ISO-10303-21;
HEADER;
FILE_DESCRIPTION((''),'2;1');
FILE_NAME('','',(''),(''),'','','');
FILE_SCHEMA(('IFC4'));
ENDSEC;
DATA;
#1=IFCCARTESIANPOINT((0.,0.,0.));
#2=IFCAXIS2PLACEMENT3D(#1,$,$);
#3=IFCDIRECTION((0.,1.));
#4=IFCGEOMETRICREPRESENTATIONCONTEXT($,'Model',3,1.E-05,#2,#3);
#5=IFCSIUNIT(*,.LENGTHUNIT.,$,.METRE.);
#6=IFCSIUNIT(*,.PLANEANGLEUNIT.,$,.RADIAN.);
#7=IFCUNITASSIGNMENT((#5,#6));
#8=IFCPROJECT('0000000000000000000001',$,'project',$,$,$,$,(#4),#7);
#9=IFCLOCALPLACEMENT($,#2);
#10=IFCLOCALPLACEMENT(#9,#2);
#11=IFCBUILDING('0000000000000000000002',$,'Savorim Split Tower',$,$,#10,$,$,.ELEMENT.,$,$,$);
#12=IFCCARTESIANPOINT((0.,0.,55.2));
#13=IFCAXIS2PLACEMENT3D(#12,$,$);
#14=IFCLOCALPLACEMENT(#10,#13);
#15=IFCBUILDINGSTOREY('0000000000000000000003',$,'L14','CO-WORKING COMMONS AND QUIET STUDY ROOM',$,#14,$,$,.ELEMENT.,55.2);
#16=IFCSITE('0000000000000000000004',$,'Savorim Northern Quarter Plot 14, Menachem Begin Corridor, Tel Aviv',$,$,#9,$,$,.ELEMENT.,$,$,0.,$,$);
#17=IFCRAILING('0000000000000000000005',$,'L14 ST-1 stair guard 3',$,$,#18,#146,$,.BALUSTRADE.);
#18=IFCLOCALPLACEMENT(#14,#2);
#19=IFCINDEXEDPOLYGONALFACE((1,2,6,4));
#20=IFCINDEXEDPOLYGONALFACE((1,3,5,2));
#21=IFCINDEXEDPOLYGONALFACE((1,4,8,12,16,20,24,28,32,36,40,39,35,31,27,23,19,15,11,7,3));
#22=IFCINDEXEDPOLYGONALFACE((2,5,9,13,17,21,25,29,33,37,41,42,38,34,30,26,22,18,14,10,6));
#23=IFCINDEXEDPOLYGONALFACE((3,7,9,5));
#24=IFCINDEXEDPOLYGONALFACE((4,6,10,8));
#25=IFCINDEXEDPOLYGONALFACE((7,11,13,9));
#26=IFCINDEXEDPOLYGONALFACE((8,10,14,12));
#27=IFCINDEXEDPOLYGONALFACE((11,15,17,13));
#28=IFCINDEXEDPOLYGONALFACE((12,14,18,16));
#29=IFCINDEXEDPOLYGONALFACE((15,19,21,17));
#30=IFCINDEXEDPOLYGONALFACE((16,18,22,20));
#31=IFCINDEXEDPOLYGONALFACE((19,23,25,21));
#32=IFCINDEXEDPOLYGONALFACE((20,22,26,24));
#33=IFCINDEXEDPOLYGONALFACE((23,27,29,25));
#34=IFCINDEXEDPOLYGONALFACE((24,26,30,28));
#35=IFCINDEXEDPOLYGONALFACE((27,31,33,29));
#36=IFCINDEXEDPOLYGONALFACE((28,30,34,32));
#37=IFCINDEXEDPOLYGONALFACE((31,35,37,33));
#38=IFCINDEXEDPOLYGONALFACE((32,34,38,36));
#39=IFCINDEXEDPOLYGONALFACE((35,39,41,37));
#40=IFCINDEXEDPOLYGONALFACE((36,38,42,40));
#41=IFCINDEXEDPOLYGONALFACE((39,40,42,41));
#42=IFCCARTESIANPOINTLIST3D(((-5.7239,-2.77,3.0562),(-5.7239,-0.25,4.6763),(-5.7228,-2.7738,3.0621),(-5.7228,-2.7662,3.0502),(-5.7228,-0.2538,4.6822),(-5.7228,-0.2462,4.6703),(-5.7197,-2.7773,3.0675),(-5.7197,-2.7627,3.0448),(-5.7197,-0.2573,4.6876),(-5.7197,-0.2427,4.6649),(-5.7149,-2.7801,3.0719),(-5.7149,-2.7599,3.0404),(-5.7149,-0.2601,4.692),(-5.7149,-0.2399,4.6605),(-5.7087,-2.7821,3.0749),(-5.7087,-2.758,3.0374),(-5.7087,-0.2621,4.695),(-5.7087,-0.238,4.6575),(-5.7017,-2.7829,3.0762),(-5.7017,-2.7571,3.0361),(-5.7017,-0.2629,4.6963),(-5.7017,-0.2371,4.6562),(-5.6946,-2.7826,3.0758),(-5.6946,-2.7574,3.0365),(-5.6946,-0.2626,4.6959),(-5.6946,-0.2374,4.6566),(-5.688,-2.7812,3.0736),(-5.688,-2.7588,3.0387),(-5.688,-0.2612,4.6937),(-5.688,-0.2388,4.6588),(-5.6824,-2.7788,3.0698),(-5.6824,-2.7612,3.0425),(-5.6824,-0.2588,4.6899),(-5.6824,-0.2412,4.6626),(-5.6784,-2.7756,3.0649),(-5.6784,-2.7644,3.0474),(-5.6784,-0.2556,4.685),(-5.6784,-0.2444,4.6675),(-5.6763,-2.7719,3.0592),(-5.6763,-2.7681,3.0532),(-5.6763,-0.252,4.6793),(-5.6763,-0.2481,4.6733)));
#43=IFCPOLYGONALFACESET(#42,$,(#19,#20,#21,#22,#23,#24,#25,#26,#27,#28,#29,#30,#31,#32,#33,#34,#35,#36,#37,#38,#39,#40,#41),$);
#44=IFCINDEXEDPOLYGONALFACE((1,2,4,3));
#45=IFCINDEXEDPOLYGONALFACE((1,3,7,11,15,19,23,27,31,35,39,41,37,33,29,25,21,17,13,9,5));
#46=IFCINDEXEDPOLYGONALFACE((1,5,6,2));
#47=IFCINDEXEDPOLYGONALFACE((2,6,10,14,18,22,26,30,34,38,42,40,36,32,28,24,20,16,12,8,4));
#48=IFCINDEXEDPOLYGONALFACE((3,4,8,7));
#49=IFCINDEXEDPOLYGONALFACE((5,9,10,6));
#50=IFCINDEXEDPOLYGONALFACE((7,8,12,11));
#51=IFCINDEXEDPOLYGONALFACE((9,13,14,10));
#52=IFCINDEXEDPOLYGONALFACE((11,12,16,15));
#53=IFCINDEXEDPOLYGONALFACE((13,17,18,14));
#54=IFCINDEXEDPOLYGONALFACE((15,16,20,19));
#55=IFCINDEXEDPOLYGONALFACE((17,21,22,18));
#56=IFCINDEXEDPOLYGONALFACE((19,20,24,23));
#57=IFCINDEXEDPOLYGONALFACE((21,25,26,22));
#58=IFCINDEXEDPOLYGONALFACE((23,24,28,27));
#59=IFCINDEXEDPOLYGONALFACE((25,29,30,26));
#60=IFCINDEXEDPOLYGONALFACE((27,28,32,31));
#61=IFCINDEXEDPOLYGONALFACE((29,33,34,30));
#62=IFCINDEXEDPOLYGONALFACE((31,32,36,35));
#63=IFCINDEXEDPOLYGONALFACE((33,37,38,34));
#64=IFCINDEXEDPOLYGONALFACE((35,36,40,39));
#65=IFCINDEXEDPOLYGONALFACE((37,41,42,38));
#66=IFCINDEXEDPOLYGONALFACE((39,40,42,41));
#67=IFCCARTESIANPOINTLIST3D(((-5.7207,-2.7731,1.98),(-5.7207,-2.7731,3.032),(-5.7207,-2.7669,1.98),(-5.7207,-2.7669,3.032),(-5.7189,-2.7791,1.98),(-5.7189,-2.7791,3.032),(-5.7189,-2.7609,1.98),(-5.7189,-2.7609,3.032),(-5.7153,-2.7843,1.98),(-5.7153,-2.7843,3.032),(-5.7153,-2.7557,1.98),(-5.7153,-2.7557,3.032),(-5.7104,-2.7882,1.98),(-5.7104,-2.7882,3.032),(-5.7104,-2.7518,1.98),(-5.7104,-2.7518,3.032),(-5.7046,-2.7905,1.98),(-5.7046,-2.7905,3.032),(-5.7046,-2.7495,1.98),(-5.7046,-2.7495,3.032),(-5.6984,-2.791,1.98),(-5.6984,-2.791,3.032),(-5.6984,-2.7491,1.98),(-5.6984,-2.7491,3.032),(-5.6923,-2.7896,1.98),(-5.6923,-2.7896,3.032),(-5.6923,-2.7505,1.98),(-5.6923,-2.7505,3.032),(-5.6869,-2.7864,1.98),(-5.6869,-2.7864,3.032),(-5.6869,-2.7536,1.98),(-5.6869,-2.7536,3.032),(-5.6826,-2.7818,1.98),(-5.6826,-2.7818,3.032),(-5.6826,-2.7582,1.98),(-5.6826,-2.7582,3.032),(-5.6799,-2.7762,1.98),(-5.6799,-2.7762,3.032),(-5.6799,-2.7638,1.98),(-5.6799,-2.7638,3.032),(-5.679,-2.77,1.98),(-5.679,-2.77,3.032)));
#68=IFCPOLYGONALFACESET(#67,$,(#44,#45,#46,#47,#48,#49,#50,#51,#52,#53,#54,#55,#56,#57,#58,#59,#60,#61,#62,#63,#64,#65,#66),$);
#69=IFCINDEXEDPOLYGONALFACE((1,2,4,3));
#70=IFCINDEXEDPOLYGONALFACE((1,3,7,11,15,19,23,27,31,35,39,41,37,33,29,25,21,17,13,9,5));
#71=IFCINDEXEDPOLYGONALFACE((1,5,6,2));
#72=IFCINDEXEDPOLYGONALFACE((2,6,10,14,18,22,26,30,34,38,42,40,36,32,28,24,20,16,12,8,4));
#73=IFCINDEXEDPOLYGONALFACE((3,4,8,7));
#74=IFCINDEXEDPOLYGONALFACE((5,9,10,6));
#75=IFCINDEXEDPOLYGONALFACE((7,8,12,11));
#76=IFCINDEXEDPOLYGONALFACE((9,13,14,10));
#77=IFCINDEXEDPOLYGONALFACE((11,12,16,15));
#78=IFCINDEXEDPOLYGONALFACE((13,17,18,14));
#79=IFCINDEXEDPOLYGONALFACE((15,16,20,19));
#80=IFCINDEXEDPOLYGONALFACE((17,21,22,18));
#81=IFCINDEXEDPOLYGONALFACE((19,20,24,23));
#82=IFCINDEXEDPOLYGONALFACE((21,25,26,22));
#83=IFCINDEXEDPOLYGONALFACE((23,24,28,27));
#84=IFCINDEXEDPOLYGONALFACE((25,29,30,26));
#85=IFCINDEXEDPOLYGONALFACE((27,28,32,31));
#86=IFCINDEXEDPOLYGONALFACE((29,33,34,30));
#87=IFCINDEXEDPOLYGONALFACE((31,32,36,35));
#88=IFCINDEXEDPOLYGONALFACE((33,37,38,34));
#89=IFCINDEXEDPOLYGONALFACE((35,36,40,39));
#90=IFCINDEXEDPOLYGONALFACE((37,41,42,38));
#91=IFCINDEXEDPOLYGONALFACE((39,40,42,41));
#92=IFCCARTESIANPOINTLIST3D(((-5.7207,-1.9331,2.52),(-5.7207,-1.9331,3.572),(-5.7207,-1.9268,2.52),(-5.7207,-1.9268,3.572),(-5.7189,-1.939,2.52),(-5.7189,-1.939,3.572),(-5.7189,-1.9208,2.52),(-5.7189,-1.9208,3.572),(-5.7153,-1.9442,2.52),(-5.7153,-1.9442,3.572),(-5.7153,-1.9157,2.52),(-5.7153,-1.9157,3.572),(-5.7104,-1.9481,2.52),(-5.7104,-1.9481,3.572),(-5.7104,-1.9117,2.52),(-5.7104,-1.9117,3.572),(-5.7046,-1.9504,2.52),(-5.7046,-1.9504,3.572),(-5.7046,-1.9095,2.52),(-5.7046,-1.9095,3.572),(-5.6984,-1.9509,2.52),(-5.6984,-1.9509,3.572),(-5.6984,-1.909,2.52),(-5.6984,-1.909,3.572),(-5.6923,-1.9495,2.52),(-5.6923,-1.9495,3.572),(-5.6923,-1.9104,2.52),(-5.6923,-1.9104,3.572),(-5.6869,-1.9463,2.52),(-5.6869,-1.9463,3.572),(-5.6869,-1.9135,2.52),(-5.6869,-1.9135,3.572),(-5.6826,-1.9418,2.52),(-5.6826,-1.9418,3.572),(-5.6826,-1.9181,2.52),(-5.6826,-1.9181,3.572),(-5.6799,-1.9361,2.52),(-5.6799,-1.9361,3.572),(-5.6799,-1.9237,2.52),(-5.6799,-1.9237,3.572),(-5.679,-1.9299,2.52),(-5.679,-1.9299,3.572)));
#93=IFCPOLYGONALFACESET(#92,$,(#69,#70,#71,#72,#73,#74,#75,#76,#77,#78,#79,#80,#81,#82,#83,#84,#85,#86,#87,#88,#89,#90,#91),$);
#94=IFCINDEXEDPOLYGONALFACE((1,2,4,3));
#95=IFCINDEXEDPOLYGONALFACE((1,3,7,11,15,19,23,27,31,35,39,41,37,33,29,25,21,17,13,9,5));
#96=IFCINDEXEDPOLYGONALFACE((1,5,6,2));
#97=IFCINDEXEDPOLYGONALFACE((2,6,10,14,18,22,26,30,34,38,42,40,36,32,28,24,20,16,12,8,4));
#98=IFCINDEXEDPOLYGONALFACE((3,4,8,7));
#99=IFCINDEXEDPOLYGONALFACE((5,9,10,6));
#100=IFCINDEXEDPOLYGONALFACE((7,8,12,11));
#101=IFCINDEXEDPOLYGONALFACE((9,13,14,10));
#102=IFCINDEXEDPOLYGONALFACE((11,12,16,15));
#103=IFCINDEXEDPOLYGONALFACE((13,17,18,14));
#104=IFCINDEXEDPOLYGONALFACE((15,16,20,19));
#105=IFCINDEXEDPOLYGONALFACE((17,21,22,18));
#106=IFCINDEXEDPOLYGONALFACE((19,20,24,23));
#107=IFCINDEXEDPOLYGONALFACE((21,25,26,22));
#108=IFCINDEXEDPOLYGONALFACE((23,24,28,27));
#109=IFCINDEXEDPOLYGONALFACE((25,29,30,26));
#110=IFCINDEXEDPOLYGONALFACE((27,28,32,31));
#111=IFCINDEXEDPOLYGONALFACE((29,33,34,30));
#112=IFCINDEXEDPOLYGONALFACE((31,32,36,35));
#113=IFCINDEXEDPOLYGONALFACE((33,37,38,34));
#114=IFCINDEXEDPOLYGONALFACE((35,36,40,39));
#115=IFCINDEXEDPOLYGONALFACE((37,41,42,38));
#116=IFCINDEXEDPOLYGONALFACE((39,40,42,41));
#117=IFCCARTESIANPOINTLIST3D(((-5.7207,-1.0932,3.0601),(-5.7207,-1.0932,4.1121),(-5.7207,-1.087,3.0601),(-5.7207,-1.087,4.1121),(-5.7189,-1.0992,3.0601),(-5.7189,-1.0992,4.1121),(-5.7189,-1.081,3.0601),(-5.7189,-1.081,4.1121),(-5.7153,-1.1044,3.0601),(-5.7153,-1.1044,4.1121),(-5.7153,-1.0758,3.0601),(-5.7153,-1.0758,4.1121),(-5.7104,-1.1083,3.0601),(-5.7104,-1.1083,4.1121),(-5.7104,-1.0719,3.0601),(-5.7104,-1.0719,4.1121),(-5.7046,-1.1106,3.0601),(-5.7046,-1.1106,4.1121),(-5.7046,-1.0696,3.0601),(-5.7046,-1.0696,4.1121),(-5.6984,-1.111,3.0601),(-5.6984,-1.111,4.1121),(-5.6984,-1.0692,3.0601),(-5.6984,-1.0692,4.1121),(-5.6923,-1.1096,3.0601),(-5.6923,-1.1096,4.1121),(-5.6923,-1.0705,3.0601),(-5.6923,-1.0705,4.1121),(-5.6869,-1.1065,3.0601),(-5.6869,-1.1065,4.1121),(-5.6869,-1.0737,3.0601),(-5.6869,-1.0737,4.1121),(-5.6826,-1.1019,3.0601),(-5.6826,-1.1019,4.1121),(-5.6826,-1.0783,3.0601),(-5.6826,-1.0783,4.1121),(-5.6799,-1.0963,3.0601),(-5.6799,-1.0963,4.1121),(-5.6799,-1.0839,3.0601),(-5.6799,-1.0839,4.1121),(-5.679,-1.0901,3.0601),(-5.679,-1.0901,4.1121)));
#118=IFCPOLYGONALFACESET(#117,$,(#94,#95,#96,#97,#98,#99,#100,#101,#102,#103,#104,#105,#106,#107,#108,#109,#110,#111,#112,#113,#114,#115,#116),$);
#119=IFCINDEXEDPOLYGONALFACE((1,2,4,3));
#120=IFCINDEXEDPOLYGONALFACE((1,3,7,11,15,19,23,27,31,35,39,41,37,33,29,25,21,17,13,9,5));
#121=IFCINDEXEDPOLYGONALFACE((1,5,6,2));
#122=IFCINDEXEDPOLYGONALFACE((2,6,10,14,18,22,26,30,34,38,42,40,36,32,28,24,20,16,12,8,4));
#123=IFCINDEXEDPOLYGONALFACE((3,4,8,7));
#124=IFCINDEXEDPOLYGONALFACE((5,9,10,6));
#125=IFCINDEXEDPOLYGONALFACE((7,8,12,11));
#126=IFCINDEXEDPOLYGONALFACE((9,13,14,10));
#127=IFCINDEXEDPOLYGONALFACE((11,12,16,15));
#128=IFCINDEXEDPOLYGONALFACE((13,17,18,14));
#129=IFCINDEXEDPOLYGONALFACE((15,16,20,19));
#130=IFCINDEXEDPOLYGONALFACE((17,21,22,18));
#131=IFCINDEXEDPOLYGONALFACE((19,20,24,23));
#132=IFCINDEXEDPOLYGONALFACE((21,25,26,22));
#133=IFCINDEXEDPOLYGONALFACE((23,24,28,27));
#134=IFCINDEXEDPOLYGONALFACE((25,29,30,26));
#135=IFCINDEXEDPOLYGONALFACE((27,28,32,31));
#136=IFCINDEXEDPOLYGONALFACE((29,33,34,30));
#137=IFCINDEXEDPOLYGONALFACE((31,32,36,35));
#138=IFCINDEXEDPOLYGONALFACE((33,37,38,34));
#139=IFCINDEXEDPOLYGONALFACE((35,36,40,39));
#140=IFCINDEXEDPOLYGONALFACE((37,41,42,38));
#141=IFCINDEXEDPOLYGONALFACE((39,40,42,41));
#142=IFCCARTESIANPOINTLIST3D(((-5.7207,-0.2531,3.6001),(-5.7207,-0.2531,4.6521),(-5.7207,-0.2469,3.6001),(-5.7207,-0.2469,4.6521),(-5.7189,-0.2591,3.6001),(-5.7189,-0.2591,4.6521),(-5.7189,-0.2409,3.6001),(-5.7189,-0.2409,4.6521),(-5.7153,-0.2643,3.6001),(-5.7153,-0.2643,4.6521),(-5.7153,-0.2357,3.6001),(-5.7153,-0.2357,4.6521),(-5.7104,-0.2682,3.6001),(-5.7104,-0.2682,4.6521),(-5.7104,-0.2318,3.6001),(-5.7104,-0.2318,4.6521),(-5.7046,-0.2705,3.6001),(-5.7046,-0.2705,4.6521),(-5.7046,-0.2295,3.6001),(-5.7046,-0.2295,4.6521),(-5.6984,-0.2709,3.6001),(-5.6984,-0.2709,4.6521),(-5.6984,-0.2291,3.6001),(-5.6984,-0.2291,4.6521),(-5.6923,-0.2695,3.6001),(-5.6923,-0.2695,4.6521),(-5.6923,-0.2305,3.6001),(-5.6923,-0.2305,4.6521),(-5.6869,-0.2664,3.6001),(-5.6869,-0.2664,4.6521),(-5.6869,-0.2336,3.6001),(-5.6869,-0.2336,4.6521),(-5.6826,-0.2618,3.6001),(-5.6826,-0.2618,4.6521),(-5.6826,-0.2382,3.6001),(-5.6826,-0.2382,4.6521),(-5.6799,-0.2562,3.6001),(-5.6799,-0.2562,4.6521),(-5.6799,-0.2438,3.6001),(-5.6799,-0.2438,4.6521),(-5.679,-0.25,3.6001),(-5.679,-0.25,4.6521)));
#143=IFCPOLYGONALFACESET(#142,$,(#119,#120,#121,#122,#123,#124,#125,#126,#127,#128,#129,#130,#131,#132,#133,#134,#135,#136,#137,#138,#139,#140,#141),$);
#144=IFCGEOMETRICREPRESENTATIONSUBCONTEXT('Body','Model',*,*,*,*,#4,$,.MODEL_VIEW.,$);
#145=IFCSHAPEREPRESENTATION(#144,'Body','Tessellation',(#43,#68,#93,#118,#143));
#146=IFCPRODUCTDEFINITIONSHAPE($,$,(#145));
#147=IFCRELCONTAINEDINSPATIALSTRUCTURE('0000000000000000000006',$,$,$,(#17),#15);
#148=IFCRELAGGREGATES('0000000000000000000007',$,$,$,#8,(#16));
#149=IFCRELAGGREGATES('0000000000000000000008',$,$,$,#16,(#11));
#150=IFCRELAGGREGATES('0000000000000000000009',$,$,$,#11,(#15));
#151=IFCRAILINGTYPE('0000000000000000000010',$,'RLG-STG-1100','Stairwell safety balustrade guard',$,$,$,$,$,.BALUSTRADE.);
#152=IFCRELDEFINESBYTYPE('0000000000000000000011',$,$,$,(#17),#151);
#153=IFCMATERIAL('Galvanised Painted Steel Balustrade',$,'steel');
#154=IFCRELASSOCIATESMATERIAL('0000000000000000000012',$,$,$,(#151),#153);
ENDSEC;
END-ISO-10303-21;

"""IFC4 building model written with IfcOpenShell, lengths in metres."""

from ifc_helpers import new_model, si_unit, direction, frame, origin, origin_2d, place, context, subcontext, project, spatial, circle, extrude, material, type_object, element, save


model = new_model("IFC4")

# Units and contexts
model_context = context("Model", 3, precision=1e-05, world=origin(), true_north=direction((0.0, 1.0)))
body_context = subcontext(model_context, "Body", "Model", "MODEL_VIEW")
ifc_project = project(units=[si_unit("LENGTHUNIT", "METRE"), si_unit("PLANEANGLEUNIT", "RADIAN")], contexts=[model_context])

# Site, building, storey
site_placement = place(None, origin())
site = spatial("IfcSite", under=ifc_project, at=site_placement, Name="Savorim Northern Quarter Plot 14, Menachem Begin Corridor, Tel Aviv", CompositionType="ELEMENT", RefElevation=0.0)
building_placement = place(site_placement, origin())
building = spatial("IfcBuilding", under=site, at=building_placement, Name="Savorim Split Tower", CompositionType="ELEMENT")
storey_placement = place(building_placement, frame((0.0, 0.0, 55.2)))
storey = spatial("IfcBuildingStorey", under=building, at=storey_placement, Name="L14", Description="CO-WORKING COMMONS AND QUIET STUDY ROOM", CompositionType="ELEMENT", Elevation=55.2)

# Railing
ifc_material_1 = material(Name="Galvanised Painted Steel Balustrade", Category="steel")
railing_type_1 = type_object("IfcRailingType", Name="RLG-STG-1100", Description="Stairwell safety balustrade guard", PredefinedType="BALUSTRADE", material=ifc_material_1)
railing_1_placement = place(storey_placement, frame((-5.7, -2.77, 1.98)))
element("IfcRailing", 1, at=railing_1_placement, inside=storey, type_object=railing_type_1, Name="L14 ST-1 stair guard 3", PredefinedType="BALUSTRADE", context=body_context, shape_type="SweptSolid", body=[
    extrude(circle(Radius=0.0239, at=origin_2d()), frame((0.0, 0.0, 1.0762), z_axis=(0.0, 0.841163, 0.540782), x_axis=(-1.0, 0.0, 0.0)), (0.0, 0.0, 1.0), 2.9958),
    extrude(circle(Radius=0.021, at=origin_2d()), origin(), (0.0, 0.0, 1.0), 1.052),
    extrude(circle(Radius=0.021, at=origin_2d()), frame((0.0, 0.8401, 0.54)), (0.0, 0.0, 1.0), 1.052),
    extrude(circle(Radius=0.021, at=origin_2d()), frame((0.0, 1.6799, 1.0801)), (0.0, 0.0, 1.0), 1.052),
    extrude(circle(Radius=0.021, at=origin_2d()), frame((0.0, 2.52, 1.6201)), (0.0, 0.0, 1.0), 1.052),
])

save(model, "model.ifc")
